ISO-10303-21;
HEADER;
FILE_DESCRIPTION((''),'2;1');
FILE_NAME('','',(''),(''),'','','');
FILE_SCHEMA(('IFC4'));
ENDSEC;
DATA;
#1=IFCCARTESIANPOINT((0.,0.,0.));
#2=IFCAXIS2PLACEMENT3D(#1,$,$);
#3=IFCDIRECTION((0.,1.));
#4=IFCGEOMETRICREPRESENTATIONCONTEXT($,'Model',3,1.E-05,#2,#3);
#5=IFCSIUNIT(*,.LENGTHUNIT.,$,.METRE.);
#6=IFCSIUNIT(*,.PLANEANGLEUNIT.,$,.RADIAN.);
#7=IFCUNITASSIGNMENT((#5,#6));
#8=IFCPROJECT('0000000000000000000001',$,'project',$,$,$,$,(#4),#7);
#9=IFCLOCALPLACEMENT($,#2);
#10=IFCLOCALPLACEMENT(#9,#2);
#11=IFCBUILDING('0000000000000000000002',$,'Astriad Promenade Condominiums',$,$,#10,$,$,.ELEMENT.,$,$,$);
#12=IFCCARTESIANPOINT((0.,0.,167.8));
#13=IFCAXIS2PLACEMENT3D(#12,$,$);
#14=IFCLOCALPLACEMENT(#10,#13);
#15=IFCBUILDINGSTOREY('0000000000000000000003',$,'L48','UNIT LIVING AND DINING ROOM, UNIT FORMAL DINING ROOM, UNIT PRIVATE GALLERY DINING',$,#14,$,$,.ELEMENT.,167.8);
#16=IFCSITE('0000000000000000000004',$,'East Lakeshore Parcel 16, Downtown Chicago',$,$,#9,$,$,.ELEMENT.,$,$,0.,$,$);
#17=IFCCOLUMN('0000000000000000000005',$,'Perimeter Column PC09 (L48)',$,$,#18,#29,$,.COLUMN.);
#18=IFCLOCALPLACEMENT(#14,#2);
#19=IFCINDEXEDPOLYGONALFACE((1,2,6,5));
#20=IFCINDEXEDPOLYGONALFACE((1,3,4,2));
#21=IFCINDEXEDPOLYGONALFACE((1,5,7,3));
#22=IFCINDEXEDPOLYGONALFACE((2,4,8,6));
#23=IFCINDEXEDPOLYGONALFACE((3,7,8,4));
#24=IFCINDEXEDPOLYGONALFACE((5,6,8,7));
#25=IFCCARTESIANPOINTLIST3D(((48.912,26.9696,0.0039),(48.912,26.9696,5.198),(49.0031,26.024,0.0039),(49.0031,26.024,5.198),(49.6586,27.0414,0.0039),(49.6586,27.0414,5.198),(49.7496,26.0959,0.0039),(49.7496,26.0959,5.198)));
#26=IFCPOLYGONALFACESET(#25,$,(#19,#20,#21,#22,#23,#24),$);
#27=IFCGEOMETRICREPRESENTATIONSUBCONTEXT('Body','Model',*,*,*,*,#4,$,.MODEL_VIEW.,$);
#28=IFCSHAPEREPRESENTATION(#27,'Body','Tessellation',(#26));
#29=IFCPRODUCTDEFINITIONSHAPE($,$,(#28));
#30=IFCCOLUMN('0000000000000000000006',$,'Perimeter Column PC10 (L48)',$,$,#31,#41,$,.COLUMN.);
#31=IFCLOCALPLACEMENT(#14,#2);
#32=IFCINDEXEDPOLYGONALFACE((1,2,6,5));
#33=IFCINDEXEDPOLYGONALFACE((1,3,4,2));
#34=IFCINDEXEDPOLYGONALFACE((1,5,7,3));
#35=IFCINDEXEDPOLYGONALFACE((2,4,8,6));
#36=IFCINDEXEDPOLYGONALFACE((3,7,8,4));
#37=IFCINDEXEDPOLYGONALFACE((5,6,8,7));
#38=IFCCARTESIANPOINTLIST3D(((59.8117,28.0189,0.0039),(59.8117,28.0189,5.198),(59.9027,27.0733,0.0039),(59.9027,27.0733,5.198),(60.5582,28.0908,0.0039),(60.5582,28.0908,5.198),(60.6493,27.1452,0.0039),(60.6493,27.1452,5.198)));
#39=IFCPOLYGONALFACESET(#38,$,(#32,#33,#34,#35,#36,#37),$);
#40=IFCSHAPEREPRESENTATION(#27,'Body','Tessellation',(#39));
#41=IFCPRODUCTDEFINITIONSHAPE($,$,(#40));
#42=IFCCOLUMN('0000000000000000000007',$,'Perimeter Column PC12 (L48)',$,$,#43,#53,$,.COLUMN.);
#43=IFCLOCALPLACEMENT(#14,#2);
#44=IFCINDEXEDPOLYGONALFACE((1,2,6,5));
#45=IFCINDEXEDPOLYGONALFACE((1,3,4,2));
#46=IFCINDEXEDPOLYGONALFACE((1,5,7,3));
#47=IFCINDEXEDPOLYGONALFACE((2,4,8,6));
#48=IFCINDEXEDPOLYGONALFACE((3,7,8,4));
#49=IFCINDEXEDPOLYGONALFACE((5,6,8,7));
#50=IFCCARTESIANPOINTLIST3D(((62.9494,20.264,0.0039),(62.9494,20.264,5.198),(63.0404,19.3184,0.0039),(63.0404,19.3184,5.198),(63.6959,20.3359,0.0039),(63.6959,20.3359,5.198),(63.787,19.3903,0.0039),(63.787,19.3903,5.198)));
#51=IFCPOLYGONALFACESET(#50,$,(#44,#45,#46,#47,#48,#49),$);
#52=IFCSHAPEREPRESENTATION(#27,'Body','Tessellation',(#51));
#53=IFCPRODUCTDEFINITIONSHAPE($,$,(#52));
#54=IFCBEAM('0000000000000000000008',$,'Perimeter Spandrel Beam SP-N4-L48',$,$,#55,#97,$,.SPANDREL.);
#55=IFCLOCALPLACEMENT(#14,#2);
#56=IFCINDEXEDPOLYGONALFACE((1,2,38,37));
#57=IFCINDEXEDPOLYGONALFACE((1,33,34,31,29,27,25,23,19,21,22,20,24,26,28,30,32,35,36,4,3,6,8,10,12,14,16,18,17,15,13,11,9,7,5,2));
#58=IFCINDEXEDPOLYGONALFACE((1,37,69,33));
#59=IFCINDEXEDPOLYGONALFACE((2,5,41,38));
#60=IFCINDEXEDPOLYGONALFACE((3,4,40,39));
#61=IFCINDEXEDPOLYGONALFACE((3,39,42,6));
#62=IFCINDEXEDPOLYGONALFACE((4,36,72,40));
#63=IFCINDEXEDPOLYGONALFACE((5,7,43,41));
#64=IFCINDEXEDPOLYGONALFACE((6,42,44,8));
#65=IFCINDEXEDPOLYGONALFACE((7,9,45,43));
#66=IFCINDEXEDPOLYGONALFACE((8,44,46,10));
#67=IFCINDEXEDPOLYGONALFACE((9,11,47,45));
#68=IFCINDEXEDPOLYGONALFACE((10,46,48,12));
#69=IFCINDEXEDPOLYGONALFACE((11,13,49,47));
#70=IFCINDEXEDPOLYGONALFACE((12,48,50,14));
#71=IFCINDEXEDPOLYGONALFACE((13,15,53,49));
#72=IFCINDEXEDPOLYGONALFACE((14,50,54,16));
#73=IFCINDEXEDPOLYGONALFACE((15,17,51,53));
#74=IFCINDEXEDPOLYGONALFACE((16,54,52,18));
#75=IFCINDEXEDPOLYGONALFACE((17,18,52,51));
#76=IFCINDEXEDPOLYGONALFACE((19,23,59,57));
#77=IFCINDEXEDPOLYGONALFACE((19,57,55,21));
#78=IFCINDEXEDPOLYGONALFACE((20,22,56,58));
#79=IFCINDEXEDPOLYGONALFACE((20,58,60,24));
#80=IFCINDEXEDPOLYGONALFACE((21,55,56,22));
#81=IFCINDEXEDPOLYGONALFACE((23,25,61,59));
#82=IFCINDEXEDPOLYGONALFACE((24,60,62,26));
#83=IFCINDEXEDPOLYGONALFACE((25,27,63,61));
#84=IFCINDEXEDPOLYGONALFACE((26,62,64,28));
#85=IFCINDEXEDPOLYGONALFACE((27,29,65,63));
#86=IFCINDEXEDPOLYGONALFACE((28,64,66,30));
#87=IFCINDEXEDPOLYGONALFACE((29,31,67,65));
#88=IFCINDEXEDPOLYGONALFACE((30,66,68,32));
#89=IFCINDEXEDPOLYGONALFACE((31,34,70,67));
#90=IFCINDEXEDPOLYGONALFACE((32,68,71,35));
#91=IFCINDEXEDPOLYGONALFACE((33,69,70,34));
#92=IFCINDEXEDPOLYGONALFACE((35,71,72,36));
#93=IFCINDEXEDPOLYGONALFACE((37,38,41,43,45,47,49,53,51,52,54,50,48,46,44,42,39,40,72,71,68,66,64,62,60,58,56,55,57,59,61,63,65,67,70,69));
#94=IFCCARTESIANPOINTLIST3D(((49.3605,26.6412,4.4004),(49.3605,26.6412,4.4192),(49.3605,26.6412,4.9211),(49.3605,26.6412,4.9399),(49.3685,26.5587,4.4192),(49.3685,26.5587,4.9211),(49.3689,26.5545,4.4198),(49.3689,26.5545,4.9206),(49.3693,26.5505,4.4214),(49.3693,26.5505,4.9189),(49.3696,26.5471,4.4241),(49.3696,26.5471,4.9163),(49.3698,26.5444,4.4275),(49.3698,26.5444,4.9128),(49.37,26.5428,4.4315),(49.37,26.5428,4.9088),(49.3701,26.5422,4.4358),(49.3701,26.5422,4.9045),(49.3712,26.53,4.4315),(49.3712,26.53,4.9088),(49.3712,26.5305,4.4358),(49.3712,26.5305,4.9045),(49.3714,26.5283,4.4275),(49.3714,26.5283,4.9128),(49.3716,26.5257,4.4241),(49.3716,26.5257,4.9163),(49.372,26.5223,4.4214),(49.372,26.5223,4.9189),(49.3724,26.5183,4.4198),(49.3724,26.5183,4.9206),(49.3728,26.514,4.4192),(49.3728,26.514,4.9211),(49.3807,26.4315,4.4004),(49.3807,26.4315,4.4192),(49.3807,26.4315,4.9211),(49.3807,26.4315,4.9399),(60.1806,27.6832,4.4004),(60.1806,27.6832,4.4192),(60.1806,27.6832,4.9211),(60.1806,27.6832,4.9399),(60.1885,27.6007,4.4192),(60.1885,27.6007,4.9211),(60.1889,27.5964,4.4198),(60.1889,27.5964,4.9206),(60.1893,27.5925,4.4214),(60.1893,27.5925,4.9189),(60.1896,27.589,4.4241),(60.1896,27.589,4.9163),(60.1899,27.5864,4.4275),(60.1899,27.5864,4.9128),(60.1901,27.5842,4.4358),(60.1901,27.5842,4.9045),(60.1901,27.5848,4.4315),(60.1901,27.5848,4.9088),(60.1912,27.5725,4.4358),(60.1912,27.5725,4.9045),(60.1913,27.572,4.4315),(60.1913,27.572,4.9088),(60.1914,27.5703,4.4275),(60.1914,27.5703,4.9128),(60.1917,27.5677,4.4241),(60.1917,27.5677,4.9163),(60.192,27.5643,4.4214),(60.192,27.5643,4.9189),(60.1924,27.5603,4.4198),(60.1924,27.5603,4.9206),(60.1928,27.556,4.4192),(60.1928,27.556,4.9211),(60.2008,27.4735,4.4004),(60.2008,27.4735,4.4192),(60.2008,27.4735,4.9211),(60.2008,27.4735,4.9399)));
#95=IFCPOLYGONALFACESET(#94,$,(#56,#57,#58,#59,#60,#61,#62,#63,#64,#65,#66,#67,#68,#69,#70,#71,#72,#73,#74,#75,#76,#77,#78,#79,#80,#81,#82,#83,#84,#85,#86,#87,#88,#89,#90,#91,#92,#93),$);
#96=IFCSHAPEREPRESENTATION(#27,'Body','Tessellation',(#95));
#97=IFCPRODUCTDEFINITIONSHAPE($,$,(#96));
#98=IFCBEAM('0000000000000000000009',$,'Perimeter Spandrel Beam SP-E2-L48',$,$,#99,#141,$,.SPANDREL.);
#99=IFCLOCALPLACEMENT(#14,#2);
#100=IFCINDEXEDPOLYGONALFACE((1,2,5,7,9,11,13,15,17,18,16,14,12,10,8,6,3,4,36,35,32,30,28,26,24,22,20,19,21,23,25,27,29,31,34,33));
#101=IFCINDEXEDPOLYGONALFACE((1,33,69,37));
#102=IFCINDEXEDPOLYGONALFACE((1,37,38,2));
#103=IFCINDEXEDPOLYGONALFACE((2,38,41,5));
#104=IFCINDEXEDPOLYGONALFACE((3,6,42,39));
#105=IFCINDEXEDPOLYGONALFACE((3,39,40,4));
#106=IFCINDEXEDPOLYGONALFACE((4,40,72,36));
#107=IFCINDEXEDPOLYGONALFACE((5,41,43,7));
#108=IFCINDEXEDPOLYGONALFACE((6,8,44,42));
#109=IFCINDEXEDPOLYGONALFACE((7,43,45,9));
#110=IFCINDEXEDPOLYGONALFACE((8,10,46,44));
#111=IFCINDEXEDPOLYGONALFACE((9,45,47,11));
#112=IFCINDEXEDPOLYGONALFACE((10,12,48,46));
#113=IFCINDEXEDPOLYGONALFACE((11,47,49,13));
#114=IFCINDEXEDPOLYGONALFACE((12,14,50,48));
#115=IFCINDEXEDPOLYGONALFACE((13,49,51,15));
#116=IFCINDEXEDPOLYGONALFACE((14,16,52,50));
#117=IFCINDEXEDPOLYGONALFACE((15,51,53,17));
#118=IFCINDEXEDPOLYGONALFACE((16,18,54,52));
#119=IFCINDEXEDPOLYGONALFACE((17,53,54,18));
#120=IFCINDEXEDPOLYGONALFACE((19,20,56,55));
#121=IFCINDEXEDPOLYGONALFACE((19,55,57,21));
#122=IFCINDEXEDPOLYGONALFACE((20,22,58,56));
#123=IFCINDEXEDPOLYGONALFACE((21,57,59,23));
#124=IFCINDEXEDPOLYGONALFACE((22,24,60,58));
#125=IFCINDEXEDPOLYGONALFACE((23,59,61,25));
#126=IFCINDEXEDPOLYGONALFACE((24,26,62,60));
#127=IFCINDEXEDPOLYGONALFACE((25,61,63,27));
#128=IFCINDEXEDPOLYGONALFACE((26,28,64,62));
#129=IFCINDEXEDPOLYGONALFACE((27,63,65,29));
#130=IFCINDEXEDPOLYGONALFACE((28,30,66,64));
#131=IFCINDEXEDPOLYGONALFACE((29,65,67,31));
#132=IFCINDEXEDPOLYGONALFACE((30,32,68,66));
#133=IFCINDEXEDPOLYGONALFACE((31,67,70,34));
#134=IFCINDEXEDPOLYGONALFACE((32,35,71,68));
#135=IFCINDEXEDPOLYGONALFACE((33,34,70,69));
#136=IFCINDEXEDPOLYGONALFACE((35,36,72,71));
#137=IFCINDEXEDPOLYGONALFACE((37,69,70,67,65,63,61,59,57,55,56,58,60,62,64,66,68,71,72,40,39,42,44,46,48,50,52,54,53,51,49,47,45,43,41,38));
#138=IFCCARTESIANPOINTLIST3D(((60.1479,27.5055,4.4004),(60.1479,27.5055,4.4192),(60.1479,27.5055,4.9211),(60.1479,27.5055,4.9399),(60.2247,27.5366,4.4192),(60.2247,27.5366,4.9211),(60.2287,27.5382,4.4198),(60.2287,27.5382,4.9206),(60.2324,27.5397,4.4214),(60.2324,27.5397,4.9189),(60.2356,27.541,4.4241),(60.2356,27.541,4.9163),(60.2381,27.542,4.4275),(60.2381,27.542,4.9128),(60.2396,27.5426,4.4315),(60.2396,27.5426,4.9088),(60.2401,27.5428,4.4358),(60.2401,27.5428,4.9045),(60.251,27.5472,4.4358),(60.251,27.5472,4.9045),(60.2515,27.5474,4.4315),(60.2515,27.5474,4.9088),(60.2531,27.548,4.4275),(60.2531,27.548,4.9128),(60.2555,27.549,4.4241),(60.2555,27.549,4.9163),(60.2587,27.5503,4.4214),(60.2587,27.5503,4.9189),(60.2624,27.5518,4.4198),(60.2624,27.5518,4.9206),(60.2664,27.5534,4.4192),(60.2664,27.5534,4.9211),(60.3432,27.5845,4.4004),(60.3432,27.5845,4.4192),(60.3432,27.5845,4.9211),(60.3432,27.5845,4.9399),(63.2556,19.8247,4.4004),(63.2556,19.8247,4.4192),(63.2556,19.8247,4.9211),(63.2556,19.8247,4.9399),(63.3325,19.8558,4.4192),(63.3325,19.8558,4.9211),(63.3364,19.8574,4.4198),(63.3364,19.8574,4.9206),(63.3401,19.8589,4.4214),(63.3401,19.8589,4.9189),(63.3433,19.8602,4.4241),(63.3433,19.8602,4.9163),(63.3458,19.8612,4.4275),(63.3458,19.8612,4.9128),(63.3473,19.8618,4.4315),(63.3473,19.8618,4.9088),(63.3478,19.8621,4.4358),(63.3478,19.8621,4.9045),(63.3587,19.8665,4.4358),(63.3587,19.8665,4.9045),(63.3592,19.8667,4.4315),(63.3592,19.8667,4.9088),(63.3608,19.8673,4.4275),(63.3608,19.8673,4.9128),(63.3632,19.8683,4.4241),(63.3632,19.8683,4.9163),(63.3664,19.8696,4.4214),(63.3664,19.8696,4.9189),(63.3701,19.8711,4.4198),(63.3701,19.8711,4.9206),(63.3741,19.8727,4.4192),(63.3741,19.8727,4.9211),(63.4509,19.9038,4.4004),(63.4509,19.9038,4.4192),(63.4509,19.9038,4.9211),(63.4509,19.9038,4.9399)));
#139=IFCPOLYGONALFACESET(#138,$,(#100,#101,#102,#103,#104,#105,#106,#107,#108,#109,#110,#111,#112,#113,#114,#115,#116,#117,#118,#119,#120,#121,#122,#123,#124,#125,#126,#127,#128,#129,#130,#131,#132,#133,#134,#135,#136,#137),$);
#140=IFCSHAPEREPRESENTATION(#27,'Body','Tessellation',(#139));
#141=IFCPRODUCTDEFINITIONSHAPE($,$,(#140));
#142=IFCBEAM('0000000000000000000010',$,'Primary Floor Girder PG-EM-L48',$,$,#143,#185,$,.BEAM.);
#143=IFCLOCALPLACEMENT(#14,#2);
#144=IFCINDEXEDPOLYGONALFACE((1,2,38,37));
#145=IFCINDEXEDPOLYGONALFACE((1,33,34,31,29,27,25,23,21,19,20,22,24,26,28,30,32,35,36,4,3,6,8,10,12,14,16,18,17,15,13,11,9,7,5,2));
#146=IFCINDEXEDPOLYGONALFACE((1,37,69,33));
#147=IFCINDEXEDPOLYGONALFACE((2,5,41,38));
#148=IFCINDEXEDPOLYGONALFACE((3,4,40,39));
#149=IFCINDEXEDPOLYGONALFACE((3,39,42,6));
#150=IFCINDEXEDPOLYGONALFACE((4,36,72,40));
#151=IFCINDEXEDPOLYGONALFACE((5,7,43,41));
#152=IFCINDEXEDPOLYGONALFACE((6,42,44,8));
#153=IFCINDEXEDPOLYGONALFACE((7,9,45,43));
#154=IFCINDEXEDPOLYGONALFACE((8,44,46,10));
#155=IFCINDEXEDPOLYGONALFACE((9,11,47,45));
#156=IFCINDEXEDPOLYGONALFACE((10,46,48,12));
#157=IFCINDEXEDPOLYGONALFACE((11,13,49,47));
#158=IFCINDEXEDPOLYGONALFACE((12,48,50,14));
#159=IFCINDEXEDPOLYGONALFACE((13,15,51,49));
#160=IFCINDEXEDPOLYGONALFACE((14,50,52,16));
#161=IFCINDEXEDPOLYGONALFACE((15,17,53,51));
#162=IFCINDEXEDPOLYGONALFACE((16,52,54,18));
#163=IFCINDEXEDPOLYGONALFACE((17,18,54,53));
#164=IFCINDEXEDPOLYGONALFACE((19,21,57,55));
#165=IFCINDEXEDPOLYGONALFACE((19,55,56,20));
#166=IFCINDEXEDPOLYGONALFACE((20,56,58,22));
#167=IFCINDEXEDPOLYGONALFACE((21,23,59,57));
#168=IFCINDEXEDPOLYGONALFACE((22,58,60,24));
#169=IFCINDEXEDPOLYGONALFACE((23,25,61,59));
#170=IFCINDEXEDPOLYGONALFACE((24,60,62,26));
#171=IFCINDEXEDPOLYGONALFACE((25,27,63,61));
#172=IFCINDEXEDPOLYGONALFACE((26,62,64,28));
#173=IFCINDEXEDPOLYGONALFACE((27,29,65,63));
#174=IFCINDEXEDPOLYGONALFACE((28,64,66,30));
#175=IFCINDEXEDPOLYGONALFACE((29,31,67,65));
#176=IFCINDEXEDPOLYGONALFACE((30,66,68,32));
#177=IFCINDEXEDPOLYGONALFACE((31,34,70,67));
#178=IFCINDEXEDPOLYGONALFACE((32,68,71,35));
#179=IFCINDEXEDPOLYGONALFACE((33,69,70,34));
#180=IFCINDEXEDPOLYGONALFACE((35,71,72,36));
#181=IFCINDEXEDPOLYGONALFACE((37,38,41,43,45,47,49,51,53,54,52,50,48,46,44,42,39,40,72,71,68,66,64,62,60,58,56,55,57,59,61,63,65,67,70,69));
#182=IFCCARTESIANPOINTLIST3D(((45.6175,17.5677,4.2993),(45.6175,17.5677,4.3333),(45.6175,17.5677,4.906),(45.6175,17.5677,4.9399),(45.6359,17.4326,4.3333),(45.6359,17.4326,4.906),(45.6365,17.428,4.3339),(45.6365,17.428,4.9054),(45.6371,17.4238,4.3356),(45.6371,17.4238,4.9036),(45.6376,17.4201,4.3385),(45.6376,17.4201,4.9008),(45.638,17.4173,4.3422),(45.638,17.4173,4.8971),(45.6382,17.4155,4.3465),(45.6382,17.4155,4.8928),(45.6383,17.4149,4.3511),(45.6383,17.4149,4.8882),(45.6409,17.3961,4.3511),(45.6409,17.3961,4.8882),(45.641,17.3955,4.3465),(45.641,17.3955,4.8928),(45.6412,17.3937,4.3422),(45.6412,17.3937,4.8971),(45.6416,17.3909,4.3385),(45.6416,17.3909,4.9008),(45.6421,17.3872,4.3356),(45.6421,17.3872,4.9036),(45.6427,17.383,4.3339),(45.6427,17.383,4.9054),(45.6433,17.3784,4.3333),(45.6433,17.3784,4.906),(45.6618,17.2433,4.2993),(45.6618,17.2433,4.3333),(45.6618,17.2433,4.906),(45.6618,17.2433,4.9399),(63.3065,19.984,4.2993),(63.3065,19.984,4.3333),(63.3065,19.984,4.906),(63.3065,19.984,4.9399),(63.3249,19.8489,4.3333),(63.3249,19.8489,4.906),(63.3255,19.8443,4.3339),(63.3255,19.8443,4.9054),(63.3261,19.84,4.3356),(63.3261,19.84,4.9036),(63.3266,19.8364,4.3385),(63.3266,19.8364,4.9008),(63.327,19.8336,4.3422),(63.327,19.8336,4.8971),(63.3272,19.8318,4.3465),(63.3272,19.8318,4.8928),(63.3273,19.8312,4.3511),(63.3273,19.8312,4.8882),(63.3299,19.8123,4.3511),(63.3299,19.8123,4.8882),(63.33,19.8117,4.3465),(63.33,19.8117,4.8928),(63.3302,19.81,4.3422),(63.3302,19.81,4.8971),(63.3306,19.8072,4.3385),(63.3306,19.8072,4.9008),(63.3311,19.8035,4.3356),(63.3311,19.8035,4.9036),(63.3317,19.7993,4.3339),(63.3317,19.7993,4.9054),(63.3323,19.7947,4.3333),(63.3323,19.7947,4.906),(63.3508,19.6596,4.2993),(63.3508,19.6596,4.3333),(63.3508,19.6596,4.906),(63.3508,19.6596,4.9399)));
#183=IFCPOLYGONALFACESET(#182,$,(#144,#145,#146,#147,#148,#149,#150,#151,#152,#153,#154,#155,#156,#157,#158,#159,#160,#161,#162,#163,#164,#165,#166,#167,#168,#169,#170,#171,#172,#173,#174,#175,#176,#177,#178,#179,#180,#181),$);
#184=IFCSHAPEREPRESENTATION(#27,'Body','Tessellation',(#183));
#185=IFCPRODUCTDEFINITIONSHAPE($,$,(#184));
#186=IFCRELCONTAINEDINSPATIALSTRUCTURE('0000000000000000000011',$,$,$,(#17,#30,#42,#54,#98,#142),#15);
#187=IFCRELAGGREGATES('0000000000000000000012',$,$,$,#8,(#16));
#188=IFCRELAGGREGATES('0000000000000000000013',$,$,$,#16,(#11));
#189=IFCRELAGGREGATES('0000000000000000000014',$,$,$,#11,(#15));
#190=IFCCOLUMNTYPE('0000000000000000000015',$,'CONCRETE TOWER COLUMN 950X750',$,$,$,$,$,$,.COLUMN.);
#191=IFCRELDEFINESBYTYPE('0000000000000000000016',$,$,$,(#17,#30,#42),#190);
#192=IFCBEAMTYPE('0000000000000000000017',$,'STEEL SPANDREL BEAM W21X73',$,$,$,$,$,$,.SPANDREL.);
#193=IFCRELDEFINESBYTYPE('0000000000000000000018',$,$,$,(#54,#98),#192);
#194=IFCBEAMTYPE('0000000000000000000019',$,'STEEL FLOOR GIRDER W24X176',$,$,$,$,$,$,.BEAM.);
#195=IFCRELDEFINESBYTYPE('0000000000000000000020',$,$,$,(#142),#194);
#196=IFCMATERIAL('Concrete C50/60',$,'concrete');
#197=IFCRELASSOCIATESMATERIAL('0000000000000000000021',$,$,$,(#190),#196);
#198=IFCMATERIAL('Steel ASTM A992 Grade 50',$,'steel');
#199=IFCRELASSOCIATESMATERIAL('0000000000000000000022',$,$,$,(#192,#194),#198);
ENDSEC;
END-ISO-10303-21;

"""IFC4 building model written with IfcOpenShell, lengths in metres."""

from ifc_helpers import new_model, si_unit, direction, frame, origin, origin_2d, place, context, subcontext, project, spatial, rectangle, i_section, extrude, source, transform, mapped, material, material_profile, profile_set, type_object, type_shapes, element, save


model = new_model("IFC4")

# Units and contexts
model_context = context("Model", 3, precision=1e-05, world=origin(), true_north=direction((0.0, 1.0)))
body_context = subcontext(model_context, "Body", "Model", "MODEL_VIEW")
ifc_project = project(units=[si_unit("LENGTHUNIT", "METRE"), si_unit("PLANEANGLEUNIT", "RADIAN")], contexts=[model_context])

# Site, building, storey
site_placement = place(None, origin())
site = spatial("IfcSite", under=ifc_project, at=site_placement, Name="East Lakeshore Parcel 16, Downtown Chicago", CompositionType="ELEMENT", RefElevation=0.0)
building_placement = place(site_placement, origin())
building = spatial("IfcBuilding", under=site, at=building_placement, Name="Astriad Promenade Condominiums", CompositionType="ELEMENT")
storey_placement = place(building_placement, frame((0.0, 0.0, 167.8)))
storey = spatial("IfcBuildingStorey", under=building, at=storey_placement, Name="L48", Description="UNIT LIVING AND DINING ROOM, UNIT FORMAL DINING ROOM, UNIT PRIVATE GALLERY DINING", CompositionType="ELEMENT", Elevation=167.8)

# Columns
ifc_material_1 = material(Name="Concrete C50/60", Category="concrete")
ifc_material_profile_1 = material_profile(ifc_material_1, rectangle(XDim=0.75, YDim=0.95, at=origin_2d()), Name="RC-COL-950X750")
ifc_profile_set_1 = profile_set([ifc_material_profile_1], Name="Concrete C50/60")
column_type = type_object("IfcColumnType", Name="CONCRETE TOWER COLUMN 950X750", PredefinedType="COLUMN", material=ifc_profile_set_1)
shared_shape_1 = source(origin(), body_context, "Body", "SweptSolid", [
    extrude(rectangle(XDim=0.75, YDim=0.95, at=origin_2d()), origin(), (0.0, 0.0, 1.0), 5.1941),
])
type_shapes(column_type, [shared_shape_1])
for number, where, z_axis, x_axis, name in (
    (1, (49.3308, 26.5327, 0.0039), (0.0, 0.0, 1.0), (0.995396, 0.095846, 0.0), "Perimeter Column PC09 (L48)"),
    (2, (60.2305, 27.582, 0.0039), (0.0, 0.0, 1.0), (0.995396, 0.095846, 0.0), "Perimeter Column PC10 (L48)"),
    (3, (63.3682, 19.8271, 0.0039), (0.0, 0.0, 1.0), (0.995396, 0.095846, 0.0), "Perimeter Column PC12 (L48)"),
):
    element("IfcColumn", number, at=place(storey_placement, frame(where, z_axis=z_axis, x_axis=x_axis)), inside=storey, type_object=column_type, Name=name, PredefinedType="COLUMN", context=body_context, shape_type="MappedRepresentation", body=[
        mapped(shared_shape_1, transform((0.0, 0.0, 0.0), scale=1.0)),
    ])

# Beams
ifc_material_2 = material(Name="Steel ASTM A992 Grade 50", Category="steel")
ifc_material_profile_2 = material_profile(ifc_material_2, i_section(OverallWidth=0.2107, OverallDepth=0.5396, WebThickness=0.0117, FlangeThickness=0.0188, FilletRadius=0.0166, at=origin_2d()), Name="W21X73")
ifc_profile_set_2 = profile_set([ifc_material_profile_2], Name="Steel ASTM A992 Grade 50")
beam_type_1 = type_object("IfcBeamType", Name="STEEL SPANDREL BEAM W21X73", PredefinedType="SPANDREL", material=ifc_profile_set_2)
shared_shape_2 = source(origin(), body_context, "Body", "SweptSolid", [
    extrude(i_section(OverallWidth=0.2107, OverallDepth=0.5396, WebThickness=0.0117, FlangeThickness=0.0188, FilletRadius=0.0166, at=origin_2d()), origin(), (0.0, 0.0, 1.0), 10.8701),
])
beam_1_placement = place(storey_placement, frame((60.1907, 27.5784, 4.6702), z_axis=(-0.995395, -0.095858, 0.0), x_axis=(0.095858, -0.995395, 0.0)))
element("IfcBeam", 4, at=beam_1_placement, inside=storey, type_object=beam_type_1, Name="Perimeter Spandrel Beam SP-N4-L48", PredefinedType="SPANDREL", context=body_context, shape_type="MappedRepresentation", body=[
    mapped(shared_shape_2, transform((0.0, 0.0, 0.0), scale=1.0)),
])
shared_shape_3 = source(origin(), body_context, "Body", "SweptSolid", [
    extrude(i_section(OverallWidth=0.2107, OverallDepth=0.5396, WebThickness=0.0117, FlangeThickness=0.0188, FilletRadius=0.0166, at=origin_2d()), origin(), (0.0, 0.0, 1.0), 8.2856),
])
type_shapes(beam_type_1, [shared_shape_2, shared_shape_3])
beam_2_placement = place(storey_placement, frame((63.3533, 19.8643, 4.6702), z_axis=(-0.375071, 0.926996, 0.0), x_axis=(-0.926996, -0.375071, 0.0)))
element("IfcBeam", 5, at=beam_2_placement, inside=storey, type_object=beam_type_1, Name="Perimeter Spandrel Beam SP-E2-L48", PredefinedType="SPANDREL", context=body_context, shape_type="MappedRepresentation", body=[
    mapped(shared_shape_3, transform((0.0, 0.0, 0.0), scale=1.0)),
])
ifc_material_profile_3 = material_profile(ifc_material_2, i_section(OverallWidth=0.3274, OverallDepth=0.6406, WebThickness=0.019, FlangeThickness=0.0339, FilletRadius=0.0178, at=origin_2d()), Name="W24X176")
ifc_profile_set_3 = profile_set([ifc_material_profile_3], Name="Steel ASTM A992 Grade 50")
beam_type_2 = type_object("IfcBeamType", Name="STEEL FLOOR GIRDER W24X176", PredefinedType="BEAM", material=ifc_profile_set_3)
shared_shape_4 = source(origin(), body_context, "Body", "SweptSolid", [
    extrude(i_section(OverallWidth=0.3274, OverallDepth=0.6406, WebThickness=0.019, FlangeThickness=0.0339, FilletRadius=0.0178, at=origin_2d()), origin(), (0.0, 0.0, 1.0), 17.8533),
])
type_shapes(beam_type_2, [shared_shape_4])
beam_3_placement = place(storey_placement, frame((63.3286, 19.8218, 4.6196), z_axis=(-0.990799, -0.13534, 0.0), x_axis=(0.13534, -0.990799, 0.0)))
element("IfcBeam", 6, at=beam_3_placement, inside=storey, type_object=beam_type_2, Name="Primary Floor Girder PG-EM-L48", PredefinedType="BEAM", context=body_context, shape_type="MappedRepresentation", body=[
    mapped(shared_shape_4, transform((0.0, 0.0, 0.0), scale=1.0)),
])

save(model, "model.ifc")
